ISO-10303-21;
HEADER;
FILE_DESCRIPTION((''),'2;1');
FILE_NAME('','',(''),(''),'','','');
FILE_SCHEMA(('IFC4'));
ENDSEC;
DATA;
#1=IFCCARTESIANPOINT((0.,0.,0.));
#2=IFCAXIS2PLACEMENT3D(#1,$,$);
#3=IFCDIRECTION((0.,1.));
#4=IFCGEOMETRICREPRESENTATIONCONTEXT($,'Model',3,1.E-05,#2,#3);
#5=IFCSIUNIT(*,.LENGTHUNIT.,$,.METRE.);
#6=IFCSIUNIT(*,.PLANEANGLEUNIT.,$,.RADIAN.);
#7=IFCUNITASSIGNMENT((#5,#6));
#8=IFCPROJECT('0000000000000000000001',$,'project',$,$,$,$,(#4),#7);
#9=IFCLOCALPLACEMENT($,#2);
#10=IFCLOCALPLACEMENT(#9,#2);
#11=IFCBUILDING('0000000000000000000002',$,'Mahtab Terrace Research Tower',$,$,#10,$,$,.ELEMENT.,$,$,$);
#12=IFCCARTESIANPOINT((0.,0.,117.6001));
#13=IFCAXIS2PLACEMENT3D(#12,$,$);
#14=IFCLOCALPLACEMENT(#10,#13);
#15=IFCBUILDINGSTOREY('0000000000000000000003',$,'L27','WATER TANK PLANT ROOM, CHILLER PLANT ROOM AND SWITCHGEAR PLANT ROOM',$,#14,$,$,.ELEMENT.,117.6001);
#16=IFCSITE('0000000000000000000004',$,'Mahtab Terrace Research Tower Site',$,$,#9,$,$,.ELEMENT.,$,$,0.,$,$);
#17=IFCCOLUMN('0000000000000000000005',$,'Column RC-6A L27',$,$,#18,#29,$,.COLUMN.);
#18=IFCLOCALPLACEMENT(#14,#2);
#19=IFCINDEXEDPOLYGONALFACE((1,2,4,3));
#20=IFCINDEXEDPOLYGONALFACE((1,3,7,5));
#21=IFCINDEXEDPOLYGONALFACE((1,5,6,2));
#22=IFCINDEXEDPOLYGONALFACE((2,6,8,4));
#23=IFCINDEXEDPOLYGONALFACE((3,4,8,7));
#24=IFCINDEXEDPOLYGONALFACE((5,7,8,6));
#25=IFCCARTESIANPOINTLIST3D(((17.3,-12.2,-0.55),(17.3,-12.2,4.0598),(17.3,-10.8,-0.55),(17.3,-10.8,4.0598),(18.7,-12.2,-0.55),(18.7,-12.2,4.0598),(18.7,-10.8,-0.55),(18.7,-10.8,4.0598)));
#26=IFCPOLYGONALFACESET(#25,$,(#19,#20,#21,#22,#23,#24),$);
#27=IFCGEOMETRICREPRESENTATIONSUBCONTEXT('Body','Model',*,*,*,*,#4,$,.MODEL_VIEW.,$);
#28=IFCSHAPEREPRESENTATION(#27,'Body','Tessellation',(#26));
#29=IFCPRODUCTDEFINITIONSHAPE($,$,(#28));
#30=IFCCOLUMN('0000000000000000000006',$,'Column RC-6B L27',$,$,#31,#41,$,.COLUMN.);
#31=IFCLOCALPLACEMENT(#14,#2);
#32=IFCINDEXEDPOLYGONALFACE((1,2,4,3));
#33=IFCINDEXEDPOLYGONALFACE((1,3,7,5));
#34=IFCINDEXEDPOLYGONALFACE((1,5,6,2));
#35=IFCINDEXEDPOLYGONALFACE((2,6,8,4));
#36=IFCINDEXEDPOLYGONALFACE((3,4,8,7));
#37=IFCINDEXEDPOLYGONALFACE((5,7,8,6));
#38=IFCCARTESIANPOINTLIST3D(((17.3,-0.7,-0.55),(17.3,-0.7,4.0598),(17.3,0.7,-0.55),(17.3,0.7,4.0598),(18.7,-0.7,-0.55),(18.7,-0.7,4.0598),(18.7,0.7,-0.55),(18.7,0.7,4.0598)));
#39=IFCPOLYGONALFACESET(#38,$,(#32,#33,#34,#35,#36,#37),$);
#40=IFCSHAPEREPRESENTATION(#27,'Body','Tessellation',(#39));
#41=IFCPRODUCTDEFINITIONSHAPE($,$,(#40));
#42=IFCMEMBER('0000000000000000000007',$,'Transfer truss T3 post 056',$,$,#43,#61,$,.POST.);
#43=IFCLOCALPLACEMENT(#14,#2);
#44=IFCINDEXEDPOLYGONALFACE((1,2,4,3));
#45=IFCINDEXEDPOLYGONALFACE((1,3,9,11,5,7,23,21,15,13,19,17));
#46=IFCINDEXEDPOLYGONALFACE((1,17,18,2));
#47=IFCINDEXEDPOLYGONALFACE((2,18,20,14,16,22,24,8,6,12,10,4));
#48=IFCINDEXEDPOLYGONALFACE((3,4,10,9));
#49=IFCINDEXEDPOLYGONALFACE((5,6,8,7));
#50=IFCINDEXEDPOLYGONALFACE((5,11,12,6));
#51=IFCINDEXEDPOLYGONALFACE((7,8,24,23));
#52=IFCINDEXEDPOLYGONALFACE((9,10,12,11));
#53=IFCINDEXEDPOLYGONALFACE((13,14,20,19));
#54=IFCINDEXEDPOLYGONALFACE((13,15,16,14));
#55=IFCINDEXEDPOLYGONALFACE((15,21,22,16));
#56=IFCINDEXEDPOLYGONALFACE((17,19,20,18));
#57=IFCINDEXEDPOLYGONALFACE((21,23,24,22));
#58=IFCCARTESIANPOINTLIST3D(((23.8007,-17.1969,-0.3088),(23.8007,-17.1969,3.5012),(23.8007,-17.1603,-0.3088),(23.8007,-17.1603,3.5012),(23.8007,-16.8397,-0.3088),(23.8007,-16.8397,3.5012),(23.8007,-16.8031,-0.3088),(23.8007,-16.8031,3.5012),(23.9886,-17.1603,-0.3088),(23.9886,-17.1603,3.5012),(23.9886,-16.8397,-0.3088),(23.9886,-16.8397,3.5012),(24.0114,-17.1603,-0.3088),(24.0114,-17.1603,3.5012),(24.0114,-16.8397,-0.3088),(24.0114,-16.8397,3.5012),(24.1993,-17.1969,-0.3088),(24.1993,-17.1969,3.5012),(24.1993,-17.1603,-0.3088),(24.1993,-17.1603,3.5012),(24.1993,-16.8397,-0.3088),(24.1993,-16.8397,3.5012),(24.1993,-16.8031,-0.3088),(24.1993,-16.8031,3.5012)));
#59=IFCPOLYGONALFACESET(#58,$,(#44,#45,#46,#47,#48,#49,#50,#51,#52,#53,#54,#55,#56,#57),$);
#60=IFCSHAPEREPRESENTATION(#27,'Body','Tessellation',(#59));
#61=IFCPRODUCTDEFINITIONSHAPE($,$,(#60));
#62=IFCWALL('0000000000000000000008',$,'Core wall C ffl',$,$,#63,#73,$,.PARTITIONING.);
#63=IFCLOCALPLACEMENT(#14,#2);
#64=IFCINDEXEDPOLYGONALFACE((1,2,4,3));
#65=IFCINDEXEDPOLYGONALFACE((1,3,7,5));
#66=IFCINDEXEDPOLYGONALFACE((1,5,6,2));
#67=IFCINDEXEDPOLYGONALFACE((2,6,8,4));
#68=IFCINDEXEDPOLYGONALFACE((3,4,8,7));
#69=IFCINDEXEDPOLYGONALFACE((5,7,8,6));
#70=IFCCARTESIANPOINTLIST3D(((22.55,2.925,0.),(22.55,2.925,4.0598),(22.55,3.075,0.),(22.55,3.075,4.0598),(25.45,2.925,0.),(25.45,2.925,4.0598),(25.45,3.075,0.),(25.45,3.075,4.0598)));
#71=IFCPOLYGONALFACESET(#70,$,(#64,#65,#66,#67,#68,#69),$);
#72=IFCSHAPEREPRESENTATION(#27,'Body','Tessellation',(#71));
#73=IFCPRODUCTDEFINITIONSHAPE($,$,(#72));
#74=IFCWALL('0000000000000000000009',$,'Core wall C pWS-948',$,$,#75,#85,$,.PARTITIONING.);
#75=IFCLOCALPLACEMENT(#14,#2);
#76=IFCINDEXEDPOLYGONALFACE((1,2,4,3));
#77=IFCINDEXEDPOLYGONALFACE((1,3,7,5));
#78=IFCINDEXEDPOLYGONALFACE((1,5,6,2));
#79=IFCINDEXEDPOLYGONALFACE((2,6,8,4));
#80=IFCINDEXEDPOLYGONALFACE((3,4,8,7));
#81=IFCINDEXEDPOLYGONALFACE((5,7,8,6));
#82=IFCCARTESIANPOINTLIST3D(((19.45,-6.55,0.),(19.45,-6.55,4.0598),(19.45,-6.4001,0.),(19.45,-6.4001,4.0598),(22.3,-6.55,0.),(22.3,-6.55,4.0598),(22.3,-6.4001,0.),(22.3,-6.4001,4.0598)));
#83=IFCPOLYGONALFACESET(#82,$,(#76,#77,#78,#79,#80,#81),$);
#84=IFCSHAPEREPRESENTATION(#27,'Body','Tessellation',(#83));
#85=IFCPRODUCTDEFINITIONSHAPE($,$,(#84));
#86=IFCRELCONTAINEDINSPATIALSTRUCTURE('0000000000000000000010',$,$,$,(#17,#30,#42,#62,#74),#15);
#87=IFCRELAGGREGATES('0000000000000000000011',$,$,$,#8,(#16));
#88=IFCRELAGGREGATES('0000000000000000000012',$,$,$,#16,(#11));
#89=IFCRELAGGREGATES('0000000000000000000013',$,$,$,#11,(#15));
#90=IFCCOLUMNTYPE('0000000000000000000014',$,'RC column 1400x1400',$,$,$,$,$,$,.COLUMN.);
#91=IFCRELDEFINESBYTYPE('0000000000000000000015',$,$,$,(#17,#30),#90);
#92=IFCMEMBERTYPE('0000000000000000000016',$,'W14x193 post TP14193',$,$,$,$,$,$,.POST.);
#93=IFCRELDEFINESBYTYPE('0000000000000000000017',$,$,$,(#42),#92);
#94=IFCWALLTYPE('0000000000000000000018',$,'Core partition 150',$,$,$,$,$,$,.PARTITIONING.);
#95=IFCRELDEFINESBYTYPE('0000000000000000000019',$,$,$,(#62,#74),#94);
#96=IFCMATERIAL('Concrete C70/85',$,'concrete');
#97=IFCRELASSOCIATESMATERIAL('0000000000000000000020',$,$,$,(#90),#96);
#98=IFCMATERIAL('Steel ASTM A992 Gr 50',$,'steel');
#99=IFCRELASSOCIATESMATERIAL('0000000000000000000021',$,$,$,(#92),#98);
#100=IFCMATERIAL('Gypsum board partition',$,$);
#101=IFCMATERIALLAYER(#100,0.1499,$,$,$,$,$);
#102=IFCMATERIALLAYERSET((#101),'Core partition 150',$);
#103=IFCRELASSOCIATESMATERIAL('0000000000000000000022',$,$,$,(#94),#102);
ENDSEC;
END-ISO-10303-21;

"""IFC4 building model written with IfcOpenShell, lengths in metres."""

from ifc_helpers import new_model, si_unit, direction, frame, frame_2d, origin, origin_2d, place, context, subcontext, project, spatial, rectangle, i_section, extrude, material, layer, layer_set, material_profile, profile_set, type_object, element, save


model = new_model("IFC4")

# Units and contexts
model_context = context("Model", 3, precision=1e-05, world=origin(), true_north=direction((0.0, 1.0)))
body_context = subcontext(model_context, "Body", "Model", "MODEL_VIEW")
ifc_project = project(units=[si_unit("LENGTHUNIT", "METRE"), si_unit("PLANEANGLEUNIT", "RADIAN")], contexts=[model_context])

# Site, building, storey
site_placement = place(None, origin())
site = spatial("IfcSite", under=ifc_project, at=site_placement, Name="Mahtab Terrace Research Tower Site", CompositionType="ELEMENT", RefElevation=0.0)
building_placement = place(site_placement, origin())
building = spatial("IfcBuilding", under=site, at=building_placement, Name="Mahtab Terrace Research Tower", CompositionType="ELEMENT")
storey_placement = place(building_placement, frame((0.0, 0.0, 117.6001)))
storey = spatial("IfcBuildingStorey", under=building, at=storey_placement, Name="L27", Description="WATER TANK PLANT ROOM, CHILLER PLANT ROOM AND SWITCHGEAR PLANT ROOM", CompositionType="ELEMENT", Elevation=117.6001)

# Columns
ifc_material_1 = material(Name="Concrete C70/85", Category="concrete")
ifc_material_profile_1 = material_profile(ifc_material_1, rectangle(XDim=1.3999, YDim=1.3999, at=origin_2d()), Name="RC column 1400x1400")
ifc_profile_set_1 = profile_set([ifc_material_profile_1], Name="Concrete C70/85")
column_type = type_object("IfcColumnType", Name="RC column 1400x1400", PredefinedType="COLUMN", material=ifc_profile_set_1)
for number, where, z_axis, x_axis, name in (
    (1, (18.0, -11.5, -0.55), (0.0, 0.0, 1.0), (1.0, 0.0, 0.0), "Column RC-6A L27"),
    (2, (18.0, 0.0, -0.55), (0.0, 0.0, 1.0), (1.0, 0.0, 0.0), "Column RC-6B L27"),
):
    element("IfcColumn", number, at=place(storey_placement, frame(where, z_axis=z_axis, x_axis=x_axis)), inside=storey, type_object=column_type, Name=name, PredefinedType="COLUMN", context=body_context, shape_type="SweptSolid", body=[
        extrude(rectangle(XDim=1.3999, YDim=1.3999, at=origin_2d()), origin(), (0.0, 0.0, 1.0), 4.6099),
    ])

# Member
ifc_material_2 = material(Name="Steel ASTM A992 Gr 50", Category="steel")
ifc_material_profile_2 = material_profile(ifc_material_2, i_section(OverallWidth=0.3987, OverallDepth=0.3938, WebThickness=0.0227, FlangeThickness=0.0366, at=origin_2d()), Name="W14X193")
ifc_profile_set_2 = profile_set([ifc_material_profile_2], Name="Steel ASTM A992 Gr 50")
member_type = type_object("IfcMemberType", Name="W14x193 post TP14193", PredefinedType="POST", material=ifc_profile_set_2)
member_placement = place(storey_placement, frame((24.0, -17.0, -0.3088), z_axis=(0.0, 0.0, 1.0), x_axis=(1.0, 0.0, 0.0)))
element("IfcMember", 3, at=member_placement, inside=storey, type_object=member_type, Name="Transfer truss T3 post 056", PredefinedType="POST", context=body_context, shape_type="SweptSolid", body=[
    extrude(i_section(OverallWidth=0.3987, OverallDepth=0.3938, WebThickness=0.0227, FlangeThickness=0.0366, at=origin_2d()), origin(), (0.0, 0.0, 1.0), 3.8101),
])

# Walls
ifc_material_3 = material(Name="Gypsum board partition")
ifc_layer_1 = layer(ifc_material_3, 0.1499)
ifc_layer_set_1 = layer_set([ifc_layer_1], Name="Core partition 150")
wall_type_1 = type_object("IfcWallType", Name="Core partition 150", PredefinedType="PARTITIONING", material=ifc_layer_set_1)
wall_1_placement = place(storey_placement, frame((22.55, 3.0, 0.0), z_axis=(0.0, 0.0, 1.0), x_axis=(1.0, 0.0, 0.0)))
element("IfcWall", 4, at=wall_1_placement, inside=storey, type_object=wall_type_1, Name="Core wall C ffl", PredefinedType="PARTITIONING", context=body_context, shape_type="SweptSolid", body=[
    extrude(rectangle(XDim=2.8999, YDim=0.1499, at=frame_2d((1.45, 0.0))), origin(), (0.0, 0.0, 1.0), 4.0598),
])
wall_2_placement = place(storey_placement, frame((19.45, -6.4751, 0.0), z_axis=(0.0, 0.0, 1.0), x_axis=(1.0, 0.0, 0.0)))
element("IfcWall", 5, at=wall_2_placement, inside=storey, type_object=wall_type_1, Name="Core wall C pWS-948", PredefinedType="PARTITIONING", context=body_context, shape_type="SweptSolid", body=[
    extrude(rectangle(XDim=2.8501, YDim=0.1499, at=frame_2d((1.425, 0.0))), origin(), (0.0, 0.0, 1.0), 4.0598),
])

save(model, "model.ifc")
